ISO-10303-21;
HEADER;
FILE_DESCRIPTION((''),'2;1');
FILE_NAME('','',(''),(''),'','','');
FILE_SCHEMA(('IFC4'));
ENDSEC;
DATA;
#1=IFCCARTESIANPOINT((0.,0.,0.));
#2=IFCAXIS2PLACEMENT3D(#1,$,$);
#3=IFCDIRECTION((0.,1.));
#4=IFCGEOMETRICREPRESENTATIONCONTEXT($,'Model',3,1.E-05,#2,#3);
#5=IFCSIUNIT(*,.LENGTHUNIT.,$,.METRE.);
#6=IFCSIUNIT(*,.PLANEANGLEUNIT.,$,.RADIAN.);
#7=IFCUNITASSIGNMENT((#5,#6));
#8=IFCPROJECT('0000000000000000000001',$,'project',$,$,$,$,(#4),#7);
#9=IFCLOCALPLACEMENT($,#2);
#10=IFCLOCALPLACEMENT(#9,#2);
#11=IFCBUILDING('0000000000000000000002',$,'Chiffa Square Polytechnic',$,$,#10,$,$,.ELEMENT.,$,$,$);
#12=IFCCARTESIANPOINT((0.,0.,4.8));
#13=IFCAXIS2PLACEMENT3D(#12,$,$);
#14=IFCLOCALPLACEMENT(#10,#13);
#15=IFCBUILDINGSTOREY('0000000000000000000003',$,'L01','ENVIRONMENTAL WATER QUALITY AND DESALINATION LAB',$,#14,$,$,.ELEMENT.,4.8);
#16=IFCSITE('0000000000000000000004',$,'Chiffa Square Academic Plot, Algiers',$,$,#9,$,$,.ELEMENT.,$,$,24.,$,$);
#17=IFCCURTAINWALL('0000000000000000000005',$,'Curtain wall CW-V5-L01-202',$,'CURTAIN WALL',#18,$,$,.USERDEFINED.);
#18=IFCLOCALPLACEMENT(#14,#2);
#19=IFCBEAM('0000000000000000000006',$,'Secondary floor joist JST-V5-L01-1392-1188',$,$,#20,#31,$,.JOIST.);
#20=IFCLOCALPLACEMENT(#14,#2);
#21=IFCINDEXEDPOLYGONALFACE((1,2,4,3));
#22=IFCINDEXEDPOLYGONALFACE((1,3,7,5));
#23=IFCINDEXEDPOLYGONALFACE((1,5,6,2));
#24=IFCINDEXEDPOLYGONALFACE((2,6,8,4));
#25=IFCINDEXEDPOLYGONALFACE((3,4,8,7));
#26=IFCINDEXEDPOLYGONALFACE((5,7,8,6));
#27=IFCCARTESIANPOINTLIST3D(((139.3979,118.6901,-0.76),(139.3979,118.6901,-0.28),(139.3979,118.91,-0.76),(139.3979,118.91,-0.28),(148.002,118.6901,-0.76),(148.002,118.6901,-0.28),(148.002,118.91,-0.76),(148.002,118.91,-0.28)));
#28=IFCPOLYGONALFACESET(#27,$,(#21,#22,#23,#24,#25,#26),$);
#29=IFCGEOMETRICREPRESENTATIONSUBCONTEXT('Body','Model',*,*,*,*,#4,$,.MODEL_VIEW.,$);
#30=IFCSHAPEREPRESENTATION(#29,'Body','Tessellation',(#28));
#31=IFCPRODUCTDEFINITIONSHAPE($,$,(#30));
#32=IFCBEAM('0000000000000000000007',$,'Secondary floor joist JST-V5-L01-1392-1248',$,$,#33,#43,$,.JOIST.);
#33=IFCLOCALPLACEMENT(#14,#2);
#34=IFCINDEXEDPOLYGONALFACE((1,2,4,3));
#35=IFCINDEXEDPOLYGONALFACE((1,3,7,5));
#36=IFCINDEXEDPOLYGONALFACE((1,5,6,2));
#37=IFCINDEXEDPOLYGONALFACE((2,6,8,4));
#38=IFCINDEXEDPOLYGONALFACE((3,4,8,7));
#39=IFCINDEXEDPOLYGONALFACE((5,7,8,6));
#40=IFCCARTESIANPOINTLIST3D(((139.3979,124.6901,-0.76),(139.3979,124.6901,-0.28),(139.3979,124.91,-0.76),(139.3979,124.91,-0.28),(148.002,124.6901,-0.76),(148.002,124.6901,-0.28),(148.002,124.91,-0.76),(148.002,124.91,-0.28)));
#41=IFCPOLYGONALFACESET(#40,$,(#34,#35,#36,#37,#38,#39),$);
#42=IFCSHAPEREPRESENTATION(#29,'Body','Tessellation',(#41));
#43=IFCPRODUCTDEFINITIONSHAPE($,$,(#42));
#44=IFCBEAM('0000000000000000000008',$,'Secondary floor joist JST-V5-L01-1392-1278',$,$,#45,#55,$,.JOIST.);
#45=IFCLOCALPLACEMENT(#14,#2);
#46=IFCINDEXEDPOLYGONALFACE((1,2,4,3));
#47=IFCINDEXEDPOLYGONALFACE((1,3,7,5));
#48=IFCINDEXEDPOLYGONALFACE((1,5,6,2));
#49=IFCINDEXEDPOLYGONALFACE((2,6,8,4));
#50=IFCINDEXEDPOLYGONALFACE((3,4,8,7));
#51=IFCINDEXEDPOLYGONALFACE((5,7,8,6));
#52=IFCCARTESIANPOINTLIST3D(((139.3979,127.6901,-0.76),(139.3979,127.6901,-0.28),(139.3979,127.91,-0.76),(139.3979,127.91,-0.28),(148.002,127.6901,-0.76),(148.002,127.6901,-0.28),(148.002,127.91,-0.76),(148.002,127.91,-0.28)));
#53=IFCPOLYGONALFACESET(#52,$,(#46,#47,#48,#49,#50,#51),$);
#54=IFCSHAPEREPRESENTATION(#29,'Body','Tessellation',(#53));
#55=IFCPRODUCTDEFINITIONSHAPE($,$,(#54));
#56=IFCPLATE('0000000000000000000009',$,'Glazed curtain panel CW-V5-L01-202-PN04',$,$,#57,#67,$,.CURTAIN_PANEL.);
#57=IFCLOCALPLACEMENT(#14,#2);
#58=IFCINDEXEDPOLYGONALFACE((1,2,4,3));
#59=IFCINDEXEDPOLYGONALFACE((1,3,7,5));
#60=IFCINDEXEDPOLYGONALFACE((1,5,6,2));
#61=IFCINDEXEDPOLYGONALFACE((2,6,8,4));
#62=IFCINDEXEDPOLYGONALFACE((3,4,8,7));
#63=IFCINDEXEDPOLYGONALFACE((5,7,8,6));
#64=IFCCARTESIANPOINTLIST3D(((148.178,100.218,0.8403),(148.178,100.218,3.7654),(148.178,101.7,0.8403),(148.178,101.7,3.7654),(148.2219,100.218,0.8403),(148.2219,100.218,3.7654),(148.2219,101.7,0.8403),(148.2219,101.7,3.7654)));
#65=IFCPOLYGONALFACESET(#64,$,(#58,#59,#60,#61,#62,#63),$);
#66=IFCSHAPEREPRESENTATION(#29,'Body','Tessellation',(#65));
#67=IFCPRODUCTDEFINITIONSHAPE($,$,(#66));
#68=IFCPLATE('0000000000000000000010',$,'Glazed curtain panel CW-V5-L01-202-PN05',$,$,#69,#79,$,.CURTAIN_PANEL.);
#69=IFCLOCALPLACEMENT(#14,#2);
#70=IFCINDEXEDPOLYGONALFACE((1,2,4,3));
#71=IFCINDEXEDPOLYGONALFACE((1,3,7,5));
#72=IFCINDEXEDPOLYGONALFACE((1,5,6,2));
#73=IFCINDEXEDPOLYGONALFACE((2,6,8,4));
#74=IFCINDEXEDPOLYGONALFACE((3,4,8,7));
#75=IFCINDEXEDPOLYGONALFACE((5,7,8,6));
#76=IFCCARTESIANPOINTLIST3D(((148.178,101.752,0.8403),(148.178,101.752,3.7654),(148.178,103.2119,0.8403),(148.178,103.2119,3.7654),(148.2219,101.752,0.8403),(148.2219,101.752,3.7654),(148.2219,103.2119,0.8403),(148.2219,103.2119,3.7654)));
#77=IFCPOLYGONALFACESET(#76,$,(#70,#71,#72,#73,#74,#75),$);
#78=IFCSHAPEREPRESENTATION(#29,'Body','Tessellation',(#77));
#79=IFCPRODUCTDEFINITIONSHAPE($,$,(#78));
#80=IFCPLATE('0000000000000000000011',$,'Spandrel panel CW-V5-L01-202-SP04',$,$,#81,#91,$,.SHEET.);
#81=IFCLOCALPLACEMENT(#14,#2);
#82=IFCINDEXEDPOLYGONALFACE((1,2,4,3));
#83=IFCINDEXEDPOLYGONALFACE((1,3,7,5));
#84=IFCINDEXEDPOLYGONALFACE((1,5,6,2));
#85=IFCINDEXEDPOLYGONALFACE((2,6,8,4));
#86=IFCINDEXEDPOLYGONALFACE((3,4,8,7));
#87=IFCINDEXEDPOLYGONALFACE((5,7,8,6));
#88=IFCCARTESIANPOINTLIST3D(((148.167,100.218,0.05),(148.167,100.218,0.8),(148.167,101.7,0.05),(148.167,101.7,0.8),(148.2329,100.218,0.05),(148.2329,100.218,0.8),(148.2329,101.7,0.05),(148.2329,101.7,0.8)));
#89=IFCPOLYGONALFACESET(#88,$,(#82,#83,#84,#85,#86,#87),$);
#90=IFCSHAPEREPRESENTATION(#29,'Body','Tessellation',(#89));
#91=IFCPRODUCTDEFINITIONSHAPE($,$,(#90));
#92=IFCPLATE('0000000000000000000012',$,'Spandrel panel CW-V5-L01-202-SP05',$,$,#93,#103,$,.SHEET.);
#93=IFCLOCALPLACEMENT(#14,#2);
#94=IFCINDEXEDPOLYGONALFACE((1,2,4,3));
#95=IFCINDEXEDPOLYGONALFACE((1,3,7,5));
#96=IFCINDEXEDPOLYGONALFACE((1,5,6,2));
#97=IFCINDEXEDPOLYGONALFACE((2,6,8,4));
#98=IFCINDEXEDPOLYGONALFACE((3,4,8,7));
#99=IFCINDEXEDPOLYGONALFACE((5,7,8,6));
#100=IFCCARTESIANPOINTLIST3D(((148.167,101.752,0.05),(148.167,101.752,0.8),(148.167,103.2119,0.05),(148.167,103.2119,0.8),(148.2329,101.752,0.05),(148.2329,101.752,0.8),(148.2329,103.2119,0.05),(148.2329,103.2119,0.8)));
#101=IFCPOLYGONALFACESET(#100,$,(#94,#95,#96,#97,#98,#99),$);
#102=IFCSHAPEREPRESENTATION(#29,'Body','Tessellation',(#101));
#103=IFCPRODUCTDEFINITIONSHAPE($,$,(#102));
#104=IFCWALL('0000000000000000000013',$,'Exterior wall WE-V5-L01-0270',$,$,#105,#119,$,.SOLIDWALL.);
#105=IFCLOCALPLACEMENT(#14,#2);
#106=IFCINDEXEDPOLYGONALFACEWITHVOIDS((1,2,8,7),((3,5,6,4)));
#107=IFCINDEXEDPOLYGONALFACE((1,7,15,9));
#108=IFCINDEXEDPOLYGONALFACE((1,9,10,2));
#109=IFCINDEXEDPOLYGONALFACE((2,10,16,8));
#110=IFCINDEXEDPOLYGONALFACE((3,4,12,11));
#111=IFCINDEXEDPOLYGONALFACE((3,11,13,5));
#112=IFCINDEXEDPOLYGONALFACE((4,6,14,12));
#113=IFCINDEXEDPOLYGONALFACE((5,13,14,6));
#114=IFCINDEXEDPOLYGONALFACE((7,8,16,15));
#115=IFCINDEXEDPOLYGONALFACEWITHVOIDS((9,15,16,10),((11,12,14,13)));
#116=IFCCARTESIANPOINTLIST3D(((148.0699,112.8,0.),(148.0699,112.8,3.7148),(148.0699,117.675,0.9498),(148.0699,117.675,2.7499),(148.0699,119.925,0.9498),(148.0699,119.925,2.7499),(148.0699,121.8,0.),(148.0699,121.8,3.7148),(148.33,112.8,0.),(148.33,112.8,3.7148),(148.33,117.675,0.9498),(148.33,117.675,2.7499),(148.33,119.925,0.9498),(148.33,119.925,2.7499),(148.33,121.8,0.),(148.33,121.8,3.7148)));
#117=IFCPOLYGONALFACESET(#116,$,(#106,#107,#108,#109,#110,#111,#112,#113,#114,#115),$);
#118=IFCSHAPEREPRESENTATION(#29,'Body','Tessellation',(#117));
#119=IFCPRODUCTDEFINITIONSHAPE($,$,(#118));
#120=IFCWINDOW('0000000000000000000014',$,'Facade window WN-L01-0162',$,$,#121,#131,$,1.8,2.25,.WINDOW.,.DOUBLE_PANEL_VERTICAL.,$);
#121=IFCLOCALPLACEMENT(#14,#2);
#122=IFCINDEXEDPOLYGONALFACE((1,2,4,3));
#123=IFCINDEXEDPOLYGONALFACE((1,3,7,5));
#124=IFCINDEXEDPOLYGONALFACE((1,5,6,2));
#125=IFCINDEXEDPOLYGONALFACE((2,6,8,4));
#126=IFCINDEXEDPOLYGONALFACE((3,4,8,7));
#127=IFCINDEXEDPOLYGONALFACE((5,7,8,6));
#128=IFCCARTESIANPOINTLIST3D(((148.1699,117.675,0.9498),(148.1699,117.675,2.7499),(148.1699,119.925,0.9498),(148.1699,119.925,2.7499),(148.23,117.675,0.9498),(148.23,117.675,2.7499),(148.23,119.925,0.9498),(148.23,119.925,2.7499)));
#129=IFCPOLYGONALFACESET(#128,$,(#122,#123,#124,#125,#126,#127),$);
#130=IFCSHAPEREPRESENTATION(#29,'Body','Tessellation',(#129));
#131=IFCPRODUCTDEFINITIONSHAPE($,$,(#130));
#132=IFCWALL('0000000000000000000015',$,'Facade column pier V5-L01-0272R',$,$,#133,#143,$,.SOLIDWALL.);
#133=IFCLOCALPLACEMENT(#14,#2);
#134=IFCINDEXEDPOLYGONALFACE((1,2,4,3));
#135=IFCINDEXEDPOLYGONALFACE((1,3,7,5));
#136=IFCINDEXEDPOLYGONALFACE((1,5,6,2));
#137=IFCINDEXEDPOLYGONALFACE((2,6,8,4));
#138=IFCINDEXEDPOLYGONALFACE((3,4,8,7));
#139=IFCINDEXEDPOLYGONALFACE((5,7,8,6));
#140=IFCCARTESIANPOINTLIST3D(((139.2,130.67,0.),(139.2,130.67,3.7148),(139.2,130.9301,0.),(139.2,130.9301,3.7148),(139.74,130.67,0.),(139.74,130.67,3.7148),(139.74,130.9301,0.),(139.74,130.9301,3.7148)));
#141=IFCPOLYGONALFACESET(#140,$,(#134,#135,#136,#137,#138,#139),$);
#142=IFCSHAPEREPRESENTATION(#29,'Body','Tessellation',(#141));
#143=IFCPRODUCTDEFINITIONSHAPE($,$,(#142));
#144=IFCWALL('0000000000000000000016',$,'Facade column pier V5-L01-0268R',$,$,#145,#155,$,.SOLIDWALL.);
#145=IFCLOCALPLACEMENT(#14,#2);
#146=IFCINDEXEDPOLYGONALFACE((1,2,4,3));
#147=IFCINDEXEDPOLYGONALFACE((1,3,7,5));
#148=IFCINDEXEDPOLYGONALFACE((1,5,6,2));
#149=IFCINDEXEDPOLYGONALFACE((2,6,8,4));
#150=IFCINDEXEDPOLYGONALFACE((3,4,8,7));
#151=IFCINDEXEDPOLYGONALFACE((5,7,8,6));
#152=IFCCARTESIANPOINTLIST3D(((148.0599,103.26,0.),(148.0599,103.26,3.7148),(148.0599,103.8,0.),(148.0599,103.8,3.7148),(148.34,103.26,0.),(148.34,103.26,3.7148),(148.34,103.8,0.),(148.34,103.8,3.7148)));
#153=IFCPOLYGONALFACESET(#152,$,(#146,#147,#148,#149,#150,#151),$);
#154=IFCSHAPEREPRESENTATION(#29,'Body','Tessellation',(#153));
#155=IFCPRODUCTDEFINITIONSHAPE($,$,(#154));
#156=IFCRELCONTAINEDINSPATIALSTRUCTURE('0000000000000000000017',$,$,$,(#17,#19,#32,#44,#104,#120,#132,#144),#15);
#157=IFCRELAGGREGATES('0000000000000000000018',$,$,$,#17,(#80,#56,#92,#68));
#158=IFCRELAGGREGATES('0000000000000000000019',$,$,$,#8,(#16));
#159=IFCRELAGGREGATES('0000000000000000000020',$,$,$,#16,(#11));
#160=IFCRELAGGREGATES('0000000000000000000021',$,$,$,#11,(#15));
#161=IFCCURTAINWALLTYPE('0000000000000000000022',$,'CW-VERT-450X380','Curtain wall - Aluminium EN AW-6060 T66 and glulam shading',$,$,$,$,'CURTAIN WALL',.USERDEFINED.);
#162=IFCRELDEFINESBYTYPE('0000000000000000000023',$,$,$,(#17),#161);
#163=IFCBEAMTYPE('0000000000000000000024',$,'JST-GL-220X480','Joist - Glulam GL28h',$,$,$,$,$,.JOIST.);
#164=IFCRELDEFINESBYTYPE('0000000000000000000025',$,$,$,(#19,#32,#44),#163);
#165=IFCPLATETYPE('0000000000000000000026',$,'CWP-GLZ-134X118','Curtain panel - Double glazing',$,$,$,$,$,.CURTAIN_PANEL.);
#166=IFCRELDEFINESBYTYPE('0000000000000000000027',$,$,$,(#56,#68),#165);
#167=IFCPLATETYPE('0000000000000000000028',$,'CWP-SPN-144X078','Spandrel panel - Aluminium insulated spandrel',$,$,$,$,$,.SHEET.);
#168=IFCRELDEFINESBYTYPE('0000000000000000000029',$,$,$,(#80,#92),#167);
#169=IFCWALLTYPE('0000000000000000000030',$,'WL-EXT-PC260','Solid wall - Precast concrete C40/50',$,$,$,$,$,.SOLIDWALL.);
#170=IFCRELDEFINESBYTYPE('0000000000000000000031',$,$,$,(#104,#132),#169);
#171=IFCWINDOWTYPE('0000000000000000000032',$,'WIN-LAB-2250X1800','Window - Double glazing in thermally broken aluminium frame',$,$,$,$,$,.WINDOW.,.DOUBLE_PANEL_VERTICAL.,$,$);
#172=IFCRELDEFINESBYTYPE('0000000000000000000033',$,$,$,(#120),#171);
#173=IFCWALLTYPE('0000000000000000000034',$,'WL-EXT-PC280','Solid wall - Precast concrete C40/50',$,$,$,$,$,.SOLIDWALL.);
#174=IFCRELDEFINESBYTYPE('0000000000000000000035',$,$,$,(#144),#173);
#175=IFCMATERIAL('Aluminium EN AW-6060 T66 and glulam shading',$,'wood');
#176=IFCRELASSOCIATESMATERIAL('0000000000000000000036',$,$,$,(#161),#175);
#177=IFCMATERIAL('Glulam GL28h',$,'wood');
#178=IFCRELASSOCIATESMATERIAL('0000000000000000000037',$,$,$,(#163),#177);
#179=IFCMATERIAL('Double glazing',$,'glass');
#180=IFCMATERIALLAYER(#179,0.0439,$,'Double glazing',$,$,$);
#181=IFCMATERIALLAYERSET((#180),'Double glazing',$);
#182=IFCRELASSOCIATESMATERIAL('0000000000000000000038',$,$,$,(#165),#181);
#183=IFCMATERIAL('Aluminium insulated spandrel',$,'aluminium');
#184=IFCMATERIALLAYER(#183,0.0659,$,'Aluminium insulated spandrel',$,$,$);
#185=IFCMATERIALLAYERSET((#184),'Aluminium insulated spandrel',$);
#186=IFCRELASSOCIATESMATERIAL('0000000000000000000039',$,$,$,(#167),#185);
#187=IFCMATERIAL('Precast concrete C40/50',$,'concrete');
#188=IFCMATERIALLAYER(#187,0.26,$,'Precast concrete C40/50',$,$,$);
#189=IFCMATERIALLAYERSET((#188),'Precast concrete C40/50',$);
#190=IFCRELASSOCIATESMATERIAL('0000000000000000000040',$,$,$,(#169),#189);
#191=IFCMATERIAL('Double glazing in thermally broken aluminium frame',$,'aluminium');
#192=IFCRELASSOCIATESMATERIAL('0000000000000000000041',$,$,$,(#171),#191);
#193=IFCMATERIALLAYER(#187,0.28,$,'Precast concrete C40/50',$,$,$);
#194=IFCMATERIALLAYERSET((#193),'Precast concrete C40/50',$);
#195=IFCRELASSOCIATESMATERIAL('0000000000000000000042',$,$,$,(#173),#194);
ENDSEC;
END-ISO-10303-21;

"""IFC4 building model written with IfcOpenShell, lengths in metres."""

from ifc_helpers import new_model, si_unit, direction, frame, frame_2d, origin, origin_2d, place, context, subcontext, project, spatial, rectangle, extrude, material, layer, layer_set, material_profile, profile_set, type_object, element, fill, aggregate, save


model = new_model("IFC4")

# Units and contexts
model_context = context("Model", 3, precision=1e-05, world=origin(), true_north=direction((0.0, 1.0)))
body_context = subcontext(model_context, "Body", "Model", "MODEL_VIEW")
ifc_project = project(units=[si_unit("LENGTHUNIT", "METRE"), si_unit("PLANEANGLEUNIT", "RADIAN")], contexts=[model_context])

# Site, building, storey
site_placement = place(None, origin())
site = spatial("IfcSite", under=ifc_project, at=site_placement, Name="Chiffa Square Academic Plot, Algiers", CompositionType="ELEMENT", RefElevation=24.0)
building_placement = place(site_placement, origin())
building = spatial("IfcBuilding", under=site, at=building_placement, Name="Chiffa Square Polytechnic", CompositionType="ELEMENT")
storey_placement = place(building_placement, frame((0.0, 0.0, 4.8)))
storey = spatial("IfcBuildingStorey", under=building, at=storey_placement, Name="L01", Description="ENVIRONMENTAL WATER QUALITY AND DESALINATION LAB", CompositionType="ELEMENT", Elevation=4.8)

# Curtain wall
ifc_material_1 = material(Name="Aluminium EN AW-6060 T66 and glulam shading", Category="wood")
curtain_wall_type_1 = type_object("IfcCurtainWallType", Name="CW-VERT-450X380", Description="Curtain wall - Aluminium EN AW-6060 T66 and glulam shading", ElementType="CURTAIN WALL", PredefinedType="USERDEFINED", material=ifc_material_1)
curtain_wall_1_placement = place(storey_placement, origin())
curtain_wall_1 = element("IfcCurtainWall", 1, at=curtain_wall_1_placement, inside=storey, type_object=curtain_wall_type_1, Name="Curtain wall CW-V5-L01-202", ObjectType="CURTAIN WALL", PredefinedType="USERDEFINED")

# Shared definitions
ifc_material_2 = material(Name="Glulam GL28h", Category="wood")

# Beams
ifc_material_profile_1 = material_profile(ifc_material_2, rectangle(XDim=0.22, YDim=0.48, at=origin_2d()), Name="GL28h 220x480")
ifc_profile_set_1 = profile_set([ifc_material_profile_1], Name="Glulam GL28h")
beam_type_1 = type_object("IfcBeamType", Name="JST-GL-220X480", Description="Joist - Glulam GL28h", PredefinedType="JOIST", material=ifc_profile_set_1)
for number, where, z_axis, x_axis, name in (
    (2, (139.3979, 118.8, -0.52), (1.0, 0.0, 0.0), (0.0, 1.0, 0.0), "Secondary floor joist JST-V5-L01-1392-1188"),
    (3, (139.3979, 124.8, -0.52), (1.0, 0.0, 0.0), (0.0, 1.0, 0.0), "Secondary floor joist JST-V5-L01-1392-1248"),
    (4, (139.3979, 127.8, -0.52), (1.0, 0.0, 0.0), (0.0, 1.0, 0.0), "Secondary floor joist JST-V5-L01-1392-1278"),
):
    element("IfcBeam", number, at=place(storey_placement, frame(where, z_axis=z_axis, x_axis=x_axis)), inside=storey, type_object=beam_type_1, Name=name, PredefinedType="JOIST", context=body_context, shape_type="SweptSolid", body=[
        extrude(rectangle(XDim=0.22, YDim=0.48, at=origin_2d()), origin(), (0.0, 0.0, 1.0), 8.604),
    ])

# Plates
ifc_material_3 = material(Name="Double glazing", Category="glass")
ifc_layer_1 = layer(ifc_material_3, 0.0439, Name="Double glazing")
ifc_layer_set_1 = layer_set([ifc_layer_1], Name="Double glazing")
plate_type_1 = type_object("IfcPlateType", Name="CWP-GLZ-134X118", Description="Curtain panel - Double glazing", PredefinedType="CURTAIN_PANEL", material=ifc_layer_set_1)
plate_1_placement = place(storey_placement, frame((148.2, 100.959, 0.8403), z_axis=(0.0, 0.0, 1.0), x_axis=(0.0, 1.0, 0.0)))
plate_1 = element("IfcPlate", 5, at=plate_1_placement, type_object=plate_type_1, Name="Glazed curtain panel CW-V5-L01-202-PN04", PredefinedType="CURTAIN_PANEL", context=body_context, shape_type="SweptSolid", body=[
    extrude(rectangle(XDim=1.4819, YDim=0.0439, at=origin_2d()), origin(), (0.0, 0.0, 1.0), 2.925),
])
plate_2_placement = place(storey_placement, frame((148.2, 102.4819, 0.8403), z_axis=(0.0, 0.0, 1.0), x_axis=(0.0, 1.0, 0.0)))
plate_2 = element("IfcPlate", 6, at=plate_2_placement, type_object=plate_type_1, Name="Glazed curtain panel CW-V5-L01-202-PN05", PredefinedType="CURTAIN_PANEL", context=body_context, shape_type="SweptSolid", body=[
    extrude(rectangle(XDim=1.46, YDim=0.0439, at=origin_2d()), origin(), (0.0, 0.0, 1.0), 2.925),
])
ifc_material_4 = material(Name="Aluminium insulated spandrel", Category="aluminium")
ifc_layer_2 = layer(ifc_material_4, 0.0659, Name="Aluminium insulated spandrel")
ifc_layer_set_2 = layer_set([ifc_layer_2], Name="Aluminium insulated spandrel")
plate_type_2 = type_object("IfcPlateType", Name="CWP-SPN-144X078", Description="Spandrel panel - Aluminium insulated spandrel", PredefinedType="SHEET", material=ifc_layer_set_2)
plate_3_placement = place(storey_placement, frame((148.2, 100.959, 0.05), z_axis=(0.0, 0.0, 1.0), x_axis=(0.0, 1.0, 0.0)))
plate_3 = element("IfcPlate", 7, at=plate_3_placement, type_object=plate_type_2, Name="Spandrel panel CW-V5-L01-202-SP04", PredefinedType="SHEET", context=body_context, shape_type="SweptSolid", body=[
    extrude(rectangle(XDim=1.4819, YDim=0.0659, at=origin_2d()), origin(), (0.0, 0.0, 1.0), 0.75),
])
plate_4_placement = place(storey_placement, frame((148.2, 102.4819, 0.05), z_axis=(0.0, 0.0, 1.0), x_axis=(0.0, 1.0, 0.0)))
plate_4 = element("IfcPlate", 8, at=plate_4_placement, type_object=plate_type_2, Name="Spandrel panel CW-V5-L01-202-SP05", PredefinedType="SHEET", context=body_context, shape_type="SweptSolid", body=[
    extrude(rectangle(XDim=1.46, YDim=0.0659, at=origin_2d()), origin(), (0.0, 0.0, 1.0), 0.75),
])
aggregate(curtain_wall_1, [plate_3, plate_1, plate_4, plate_2])

# Wall, opening, window
ifc_material_5 = material(Name="Precast concrete C40/50", Category="concrete")
ifc_layer_3 = layer(ifc_material_5, 0.26, Name="Precast concrete C40/50")
ifc_layer_set_3 = layer_set([ifc_layer_3], Name="Precast concrete C40/50")
wall_type_1 = type_object("IfcWallType", Name="WL-EXT-PC260", Description="Solid wall - Precast concrete C40/50", PredefinedType="SOLIDWALL", material=ifc_layer_set_3)
wall_1_placement = place(storey_placement, frame((148.2, 112.8, 0.0), z_axis=(0.0, 0.0, 1.0), x_axis=(0.0, 1.0, 0.0)))
wall_1 = element("IfcWall", 9, at=wall_1_placement, inside=storey, type_object=wall_type_1, Name="Exterior wall WE-V5-L01-0270", PredefinedType="SOLIDWALL", context=body_context, shape_type="SweptSolid", body=[
    extrude(rectangle(XDim=9.0, YDim=0.26, at=frame_2d((4.5, 0.0))), origin(), (0.0, 0.0, 1.0), 3.7148),
])
opening_1_placement = place(wall_1_placement, frame((4.875, 0.0, 0.95)))
opening_1 = element("IfcOpeningElement", 10, at=opening_1_placement, cuts=wall_1, PredefinedType="OPENING", context=body_context, shape_type="SweptSolid", body=[
    extrude(rectangle(XDim=2.25, YDim=1.8, at=frame_2d((1.125, 0.8999))), frame((0.0, 0.1401, 0.0), z_axis=(0.0, -1.0, 0.0), x_axis=(1.0, 0.0, 0.0)), (0.0, 0.0, 1.0), 0.28),
])
ifc_material_6 = material(Name="Double glazing in thermally broken aluminium frame", Category="aluminium")
window_type_1 = type_object("IfcWindowType", Name="WIN-LAB-2250X1800", Description="Window - Double glazing in thermally broken aluminium frame", PartitioningType="DOUBLE_PANEL_VERTICAL", PredefinedType="WINDOW", material=ifc_material_6)
window_1_placement = place(opening_1_placement, origin())
window_1 = element("IfcWindow", 11, at=window_1_placement, inside=storey, type_object=window_type_1, Name="Facade window WN-L01-0162", OverallHeight=1.8, OverallWidth=2.25, PartitioningType="DOUBLE_PANEL_VERTICAL", PredefinedType="WINDOW", context=body_context, shape_type="SweptSolid", body=[
    extrude(rectangle(XDim=2.25, YDim=1.8, at=frame_2d((1.125, 0.8999))), frame((0.0, 0.03, 0.0), z_axis=(0.0, -1.0, 0.0), x_axis=(1.0, 0.0, 0.0)), (0.0, 0.0, 1.0), 0.0601),
])
fill(opening_1, window_1)

# Walls
wall_2_placement = place(storey_placement, frame((139.74, 130.8, 0.0), z_axis=(0.0, 0.0, 1.0), x_axis=(-1.0, 0.0, 0.0)))
element("IfcWall", 12, at=wall_2_placement, inside=storey, type_object=wall_type_1, Name="Facade column pier V5-L01-0272R", PredefinedType="SOLIDWALL", context=body_context, shape_type="SweptSolid", body=[
    extrude(rectangle(XDim=0.54, YDim=0.26, at=frame_2d((0.27, 0.0))), origin(), (0.0, 0.0, 1.0), 3.7148),
])
ifc_layer_4 = layer(ifc_material_5, 0.28, Name="Precast concrete C40/50")
ifc_layer_set_4 = layer_set([ifc_layer_4], Name="Precast concrete C40/50")
wall_type_2 = type_object("IfcWallType", Name="WL-EXT-PC280", Description="Solid wall - Precast concrete C40/50", PredefinedType="SOLIDWALL", material=ifc_layer_set_4)
wall_3_placement = place(storey_placement, frame((148.2, 103.26, 0.0), z_axis=(0.0, 0.0, 1.0), x_axis=(0.0, 1.0, 0.0)))
element("IfcWall", 13, at=wall_3_placement, inside=storey, type_object=wall_type_2, Name="Facade column pier V5-L01-0268R", PredefinedType="SOLIDWALL", context=body_context, shape_type="SweptSolid", body=[
    extrude(rectangle(XDim=0.54, YDim=0.28, at=frame_2d((0.27, 0.0))), origin(), (0.0, 0.0, 1.0), 3.7148),
])

save(model, "model.ifc")
